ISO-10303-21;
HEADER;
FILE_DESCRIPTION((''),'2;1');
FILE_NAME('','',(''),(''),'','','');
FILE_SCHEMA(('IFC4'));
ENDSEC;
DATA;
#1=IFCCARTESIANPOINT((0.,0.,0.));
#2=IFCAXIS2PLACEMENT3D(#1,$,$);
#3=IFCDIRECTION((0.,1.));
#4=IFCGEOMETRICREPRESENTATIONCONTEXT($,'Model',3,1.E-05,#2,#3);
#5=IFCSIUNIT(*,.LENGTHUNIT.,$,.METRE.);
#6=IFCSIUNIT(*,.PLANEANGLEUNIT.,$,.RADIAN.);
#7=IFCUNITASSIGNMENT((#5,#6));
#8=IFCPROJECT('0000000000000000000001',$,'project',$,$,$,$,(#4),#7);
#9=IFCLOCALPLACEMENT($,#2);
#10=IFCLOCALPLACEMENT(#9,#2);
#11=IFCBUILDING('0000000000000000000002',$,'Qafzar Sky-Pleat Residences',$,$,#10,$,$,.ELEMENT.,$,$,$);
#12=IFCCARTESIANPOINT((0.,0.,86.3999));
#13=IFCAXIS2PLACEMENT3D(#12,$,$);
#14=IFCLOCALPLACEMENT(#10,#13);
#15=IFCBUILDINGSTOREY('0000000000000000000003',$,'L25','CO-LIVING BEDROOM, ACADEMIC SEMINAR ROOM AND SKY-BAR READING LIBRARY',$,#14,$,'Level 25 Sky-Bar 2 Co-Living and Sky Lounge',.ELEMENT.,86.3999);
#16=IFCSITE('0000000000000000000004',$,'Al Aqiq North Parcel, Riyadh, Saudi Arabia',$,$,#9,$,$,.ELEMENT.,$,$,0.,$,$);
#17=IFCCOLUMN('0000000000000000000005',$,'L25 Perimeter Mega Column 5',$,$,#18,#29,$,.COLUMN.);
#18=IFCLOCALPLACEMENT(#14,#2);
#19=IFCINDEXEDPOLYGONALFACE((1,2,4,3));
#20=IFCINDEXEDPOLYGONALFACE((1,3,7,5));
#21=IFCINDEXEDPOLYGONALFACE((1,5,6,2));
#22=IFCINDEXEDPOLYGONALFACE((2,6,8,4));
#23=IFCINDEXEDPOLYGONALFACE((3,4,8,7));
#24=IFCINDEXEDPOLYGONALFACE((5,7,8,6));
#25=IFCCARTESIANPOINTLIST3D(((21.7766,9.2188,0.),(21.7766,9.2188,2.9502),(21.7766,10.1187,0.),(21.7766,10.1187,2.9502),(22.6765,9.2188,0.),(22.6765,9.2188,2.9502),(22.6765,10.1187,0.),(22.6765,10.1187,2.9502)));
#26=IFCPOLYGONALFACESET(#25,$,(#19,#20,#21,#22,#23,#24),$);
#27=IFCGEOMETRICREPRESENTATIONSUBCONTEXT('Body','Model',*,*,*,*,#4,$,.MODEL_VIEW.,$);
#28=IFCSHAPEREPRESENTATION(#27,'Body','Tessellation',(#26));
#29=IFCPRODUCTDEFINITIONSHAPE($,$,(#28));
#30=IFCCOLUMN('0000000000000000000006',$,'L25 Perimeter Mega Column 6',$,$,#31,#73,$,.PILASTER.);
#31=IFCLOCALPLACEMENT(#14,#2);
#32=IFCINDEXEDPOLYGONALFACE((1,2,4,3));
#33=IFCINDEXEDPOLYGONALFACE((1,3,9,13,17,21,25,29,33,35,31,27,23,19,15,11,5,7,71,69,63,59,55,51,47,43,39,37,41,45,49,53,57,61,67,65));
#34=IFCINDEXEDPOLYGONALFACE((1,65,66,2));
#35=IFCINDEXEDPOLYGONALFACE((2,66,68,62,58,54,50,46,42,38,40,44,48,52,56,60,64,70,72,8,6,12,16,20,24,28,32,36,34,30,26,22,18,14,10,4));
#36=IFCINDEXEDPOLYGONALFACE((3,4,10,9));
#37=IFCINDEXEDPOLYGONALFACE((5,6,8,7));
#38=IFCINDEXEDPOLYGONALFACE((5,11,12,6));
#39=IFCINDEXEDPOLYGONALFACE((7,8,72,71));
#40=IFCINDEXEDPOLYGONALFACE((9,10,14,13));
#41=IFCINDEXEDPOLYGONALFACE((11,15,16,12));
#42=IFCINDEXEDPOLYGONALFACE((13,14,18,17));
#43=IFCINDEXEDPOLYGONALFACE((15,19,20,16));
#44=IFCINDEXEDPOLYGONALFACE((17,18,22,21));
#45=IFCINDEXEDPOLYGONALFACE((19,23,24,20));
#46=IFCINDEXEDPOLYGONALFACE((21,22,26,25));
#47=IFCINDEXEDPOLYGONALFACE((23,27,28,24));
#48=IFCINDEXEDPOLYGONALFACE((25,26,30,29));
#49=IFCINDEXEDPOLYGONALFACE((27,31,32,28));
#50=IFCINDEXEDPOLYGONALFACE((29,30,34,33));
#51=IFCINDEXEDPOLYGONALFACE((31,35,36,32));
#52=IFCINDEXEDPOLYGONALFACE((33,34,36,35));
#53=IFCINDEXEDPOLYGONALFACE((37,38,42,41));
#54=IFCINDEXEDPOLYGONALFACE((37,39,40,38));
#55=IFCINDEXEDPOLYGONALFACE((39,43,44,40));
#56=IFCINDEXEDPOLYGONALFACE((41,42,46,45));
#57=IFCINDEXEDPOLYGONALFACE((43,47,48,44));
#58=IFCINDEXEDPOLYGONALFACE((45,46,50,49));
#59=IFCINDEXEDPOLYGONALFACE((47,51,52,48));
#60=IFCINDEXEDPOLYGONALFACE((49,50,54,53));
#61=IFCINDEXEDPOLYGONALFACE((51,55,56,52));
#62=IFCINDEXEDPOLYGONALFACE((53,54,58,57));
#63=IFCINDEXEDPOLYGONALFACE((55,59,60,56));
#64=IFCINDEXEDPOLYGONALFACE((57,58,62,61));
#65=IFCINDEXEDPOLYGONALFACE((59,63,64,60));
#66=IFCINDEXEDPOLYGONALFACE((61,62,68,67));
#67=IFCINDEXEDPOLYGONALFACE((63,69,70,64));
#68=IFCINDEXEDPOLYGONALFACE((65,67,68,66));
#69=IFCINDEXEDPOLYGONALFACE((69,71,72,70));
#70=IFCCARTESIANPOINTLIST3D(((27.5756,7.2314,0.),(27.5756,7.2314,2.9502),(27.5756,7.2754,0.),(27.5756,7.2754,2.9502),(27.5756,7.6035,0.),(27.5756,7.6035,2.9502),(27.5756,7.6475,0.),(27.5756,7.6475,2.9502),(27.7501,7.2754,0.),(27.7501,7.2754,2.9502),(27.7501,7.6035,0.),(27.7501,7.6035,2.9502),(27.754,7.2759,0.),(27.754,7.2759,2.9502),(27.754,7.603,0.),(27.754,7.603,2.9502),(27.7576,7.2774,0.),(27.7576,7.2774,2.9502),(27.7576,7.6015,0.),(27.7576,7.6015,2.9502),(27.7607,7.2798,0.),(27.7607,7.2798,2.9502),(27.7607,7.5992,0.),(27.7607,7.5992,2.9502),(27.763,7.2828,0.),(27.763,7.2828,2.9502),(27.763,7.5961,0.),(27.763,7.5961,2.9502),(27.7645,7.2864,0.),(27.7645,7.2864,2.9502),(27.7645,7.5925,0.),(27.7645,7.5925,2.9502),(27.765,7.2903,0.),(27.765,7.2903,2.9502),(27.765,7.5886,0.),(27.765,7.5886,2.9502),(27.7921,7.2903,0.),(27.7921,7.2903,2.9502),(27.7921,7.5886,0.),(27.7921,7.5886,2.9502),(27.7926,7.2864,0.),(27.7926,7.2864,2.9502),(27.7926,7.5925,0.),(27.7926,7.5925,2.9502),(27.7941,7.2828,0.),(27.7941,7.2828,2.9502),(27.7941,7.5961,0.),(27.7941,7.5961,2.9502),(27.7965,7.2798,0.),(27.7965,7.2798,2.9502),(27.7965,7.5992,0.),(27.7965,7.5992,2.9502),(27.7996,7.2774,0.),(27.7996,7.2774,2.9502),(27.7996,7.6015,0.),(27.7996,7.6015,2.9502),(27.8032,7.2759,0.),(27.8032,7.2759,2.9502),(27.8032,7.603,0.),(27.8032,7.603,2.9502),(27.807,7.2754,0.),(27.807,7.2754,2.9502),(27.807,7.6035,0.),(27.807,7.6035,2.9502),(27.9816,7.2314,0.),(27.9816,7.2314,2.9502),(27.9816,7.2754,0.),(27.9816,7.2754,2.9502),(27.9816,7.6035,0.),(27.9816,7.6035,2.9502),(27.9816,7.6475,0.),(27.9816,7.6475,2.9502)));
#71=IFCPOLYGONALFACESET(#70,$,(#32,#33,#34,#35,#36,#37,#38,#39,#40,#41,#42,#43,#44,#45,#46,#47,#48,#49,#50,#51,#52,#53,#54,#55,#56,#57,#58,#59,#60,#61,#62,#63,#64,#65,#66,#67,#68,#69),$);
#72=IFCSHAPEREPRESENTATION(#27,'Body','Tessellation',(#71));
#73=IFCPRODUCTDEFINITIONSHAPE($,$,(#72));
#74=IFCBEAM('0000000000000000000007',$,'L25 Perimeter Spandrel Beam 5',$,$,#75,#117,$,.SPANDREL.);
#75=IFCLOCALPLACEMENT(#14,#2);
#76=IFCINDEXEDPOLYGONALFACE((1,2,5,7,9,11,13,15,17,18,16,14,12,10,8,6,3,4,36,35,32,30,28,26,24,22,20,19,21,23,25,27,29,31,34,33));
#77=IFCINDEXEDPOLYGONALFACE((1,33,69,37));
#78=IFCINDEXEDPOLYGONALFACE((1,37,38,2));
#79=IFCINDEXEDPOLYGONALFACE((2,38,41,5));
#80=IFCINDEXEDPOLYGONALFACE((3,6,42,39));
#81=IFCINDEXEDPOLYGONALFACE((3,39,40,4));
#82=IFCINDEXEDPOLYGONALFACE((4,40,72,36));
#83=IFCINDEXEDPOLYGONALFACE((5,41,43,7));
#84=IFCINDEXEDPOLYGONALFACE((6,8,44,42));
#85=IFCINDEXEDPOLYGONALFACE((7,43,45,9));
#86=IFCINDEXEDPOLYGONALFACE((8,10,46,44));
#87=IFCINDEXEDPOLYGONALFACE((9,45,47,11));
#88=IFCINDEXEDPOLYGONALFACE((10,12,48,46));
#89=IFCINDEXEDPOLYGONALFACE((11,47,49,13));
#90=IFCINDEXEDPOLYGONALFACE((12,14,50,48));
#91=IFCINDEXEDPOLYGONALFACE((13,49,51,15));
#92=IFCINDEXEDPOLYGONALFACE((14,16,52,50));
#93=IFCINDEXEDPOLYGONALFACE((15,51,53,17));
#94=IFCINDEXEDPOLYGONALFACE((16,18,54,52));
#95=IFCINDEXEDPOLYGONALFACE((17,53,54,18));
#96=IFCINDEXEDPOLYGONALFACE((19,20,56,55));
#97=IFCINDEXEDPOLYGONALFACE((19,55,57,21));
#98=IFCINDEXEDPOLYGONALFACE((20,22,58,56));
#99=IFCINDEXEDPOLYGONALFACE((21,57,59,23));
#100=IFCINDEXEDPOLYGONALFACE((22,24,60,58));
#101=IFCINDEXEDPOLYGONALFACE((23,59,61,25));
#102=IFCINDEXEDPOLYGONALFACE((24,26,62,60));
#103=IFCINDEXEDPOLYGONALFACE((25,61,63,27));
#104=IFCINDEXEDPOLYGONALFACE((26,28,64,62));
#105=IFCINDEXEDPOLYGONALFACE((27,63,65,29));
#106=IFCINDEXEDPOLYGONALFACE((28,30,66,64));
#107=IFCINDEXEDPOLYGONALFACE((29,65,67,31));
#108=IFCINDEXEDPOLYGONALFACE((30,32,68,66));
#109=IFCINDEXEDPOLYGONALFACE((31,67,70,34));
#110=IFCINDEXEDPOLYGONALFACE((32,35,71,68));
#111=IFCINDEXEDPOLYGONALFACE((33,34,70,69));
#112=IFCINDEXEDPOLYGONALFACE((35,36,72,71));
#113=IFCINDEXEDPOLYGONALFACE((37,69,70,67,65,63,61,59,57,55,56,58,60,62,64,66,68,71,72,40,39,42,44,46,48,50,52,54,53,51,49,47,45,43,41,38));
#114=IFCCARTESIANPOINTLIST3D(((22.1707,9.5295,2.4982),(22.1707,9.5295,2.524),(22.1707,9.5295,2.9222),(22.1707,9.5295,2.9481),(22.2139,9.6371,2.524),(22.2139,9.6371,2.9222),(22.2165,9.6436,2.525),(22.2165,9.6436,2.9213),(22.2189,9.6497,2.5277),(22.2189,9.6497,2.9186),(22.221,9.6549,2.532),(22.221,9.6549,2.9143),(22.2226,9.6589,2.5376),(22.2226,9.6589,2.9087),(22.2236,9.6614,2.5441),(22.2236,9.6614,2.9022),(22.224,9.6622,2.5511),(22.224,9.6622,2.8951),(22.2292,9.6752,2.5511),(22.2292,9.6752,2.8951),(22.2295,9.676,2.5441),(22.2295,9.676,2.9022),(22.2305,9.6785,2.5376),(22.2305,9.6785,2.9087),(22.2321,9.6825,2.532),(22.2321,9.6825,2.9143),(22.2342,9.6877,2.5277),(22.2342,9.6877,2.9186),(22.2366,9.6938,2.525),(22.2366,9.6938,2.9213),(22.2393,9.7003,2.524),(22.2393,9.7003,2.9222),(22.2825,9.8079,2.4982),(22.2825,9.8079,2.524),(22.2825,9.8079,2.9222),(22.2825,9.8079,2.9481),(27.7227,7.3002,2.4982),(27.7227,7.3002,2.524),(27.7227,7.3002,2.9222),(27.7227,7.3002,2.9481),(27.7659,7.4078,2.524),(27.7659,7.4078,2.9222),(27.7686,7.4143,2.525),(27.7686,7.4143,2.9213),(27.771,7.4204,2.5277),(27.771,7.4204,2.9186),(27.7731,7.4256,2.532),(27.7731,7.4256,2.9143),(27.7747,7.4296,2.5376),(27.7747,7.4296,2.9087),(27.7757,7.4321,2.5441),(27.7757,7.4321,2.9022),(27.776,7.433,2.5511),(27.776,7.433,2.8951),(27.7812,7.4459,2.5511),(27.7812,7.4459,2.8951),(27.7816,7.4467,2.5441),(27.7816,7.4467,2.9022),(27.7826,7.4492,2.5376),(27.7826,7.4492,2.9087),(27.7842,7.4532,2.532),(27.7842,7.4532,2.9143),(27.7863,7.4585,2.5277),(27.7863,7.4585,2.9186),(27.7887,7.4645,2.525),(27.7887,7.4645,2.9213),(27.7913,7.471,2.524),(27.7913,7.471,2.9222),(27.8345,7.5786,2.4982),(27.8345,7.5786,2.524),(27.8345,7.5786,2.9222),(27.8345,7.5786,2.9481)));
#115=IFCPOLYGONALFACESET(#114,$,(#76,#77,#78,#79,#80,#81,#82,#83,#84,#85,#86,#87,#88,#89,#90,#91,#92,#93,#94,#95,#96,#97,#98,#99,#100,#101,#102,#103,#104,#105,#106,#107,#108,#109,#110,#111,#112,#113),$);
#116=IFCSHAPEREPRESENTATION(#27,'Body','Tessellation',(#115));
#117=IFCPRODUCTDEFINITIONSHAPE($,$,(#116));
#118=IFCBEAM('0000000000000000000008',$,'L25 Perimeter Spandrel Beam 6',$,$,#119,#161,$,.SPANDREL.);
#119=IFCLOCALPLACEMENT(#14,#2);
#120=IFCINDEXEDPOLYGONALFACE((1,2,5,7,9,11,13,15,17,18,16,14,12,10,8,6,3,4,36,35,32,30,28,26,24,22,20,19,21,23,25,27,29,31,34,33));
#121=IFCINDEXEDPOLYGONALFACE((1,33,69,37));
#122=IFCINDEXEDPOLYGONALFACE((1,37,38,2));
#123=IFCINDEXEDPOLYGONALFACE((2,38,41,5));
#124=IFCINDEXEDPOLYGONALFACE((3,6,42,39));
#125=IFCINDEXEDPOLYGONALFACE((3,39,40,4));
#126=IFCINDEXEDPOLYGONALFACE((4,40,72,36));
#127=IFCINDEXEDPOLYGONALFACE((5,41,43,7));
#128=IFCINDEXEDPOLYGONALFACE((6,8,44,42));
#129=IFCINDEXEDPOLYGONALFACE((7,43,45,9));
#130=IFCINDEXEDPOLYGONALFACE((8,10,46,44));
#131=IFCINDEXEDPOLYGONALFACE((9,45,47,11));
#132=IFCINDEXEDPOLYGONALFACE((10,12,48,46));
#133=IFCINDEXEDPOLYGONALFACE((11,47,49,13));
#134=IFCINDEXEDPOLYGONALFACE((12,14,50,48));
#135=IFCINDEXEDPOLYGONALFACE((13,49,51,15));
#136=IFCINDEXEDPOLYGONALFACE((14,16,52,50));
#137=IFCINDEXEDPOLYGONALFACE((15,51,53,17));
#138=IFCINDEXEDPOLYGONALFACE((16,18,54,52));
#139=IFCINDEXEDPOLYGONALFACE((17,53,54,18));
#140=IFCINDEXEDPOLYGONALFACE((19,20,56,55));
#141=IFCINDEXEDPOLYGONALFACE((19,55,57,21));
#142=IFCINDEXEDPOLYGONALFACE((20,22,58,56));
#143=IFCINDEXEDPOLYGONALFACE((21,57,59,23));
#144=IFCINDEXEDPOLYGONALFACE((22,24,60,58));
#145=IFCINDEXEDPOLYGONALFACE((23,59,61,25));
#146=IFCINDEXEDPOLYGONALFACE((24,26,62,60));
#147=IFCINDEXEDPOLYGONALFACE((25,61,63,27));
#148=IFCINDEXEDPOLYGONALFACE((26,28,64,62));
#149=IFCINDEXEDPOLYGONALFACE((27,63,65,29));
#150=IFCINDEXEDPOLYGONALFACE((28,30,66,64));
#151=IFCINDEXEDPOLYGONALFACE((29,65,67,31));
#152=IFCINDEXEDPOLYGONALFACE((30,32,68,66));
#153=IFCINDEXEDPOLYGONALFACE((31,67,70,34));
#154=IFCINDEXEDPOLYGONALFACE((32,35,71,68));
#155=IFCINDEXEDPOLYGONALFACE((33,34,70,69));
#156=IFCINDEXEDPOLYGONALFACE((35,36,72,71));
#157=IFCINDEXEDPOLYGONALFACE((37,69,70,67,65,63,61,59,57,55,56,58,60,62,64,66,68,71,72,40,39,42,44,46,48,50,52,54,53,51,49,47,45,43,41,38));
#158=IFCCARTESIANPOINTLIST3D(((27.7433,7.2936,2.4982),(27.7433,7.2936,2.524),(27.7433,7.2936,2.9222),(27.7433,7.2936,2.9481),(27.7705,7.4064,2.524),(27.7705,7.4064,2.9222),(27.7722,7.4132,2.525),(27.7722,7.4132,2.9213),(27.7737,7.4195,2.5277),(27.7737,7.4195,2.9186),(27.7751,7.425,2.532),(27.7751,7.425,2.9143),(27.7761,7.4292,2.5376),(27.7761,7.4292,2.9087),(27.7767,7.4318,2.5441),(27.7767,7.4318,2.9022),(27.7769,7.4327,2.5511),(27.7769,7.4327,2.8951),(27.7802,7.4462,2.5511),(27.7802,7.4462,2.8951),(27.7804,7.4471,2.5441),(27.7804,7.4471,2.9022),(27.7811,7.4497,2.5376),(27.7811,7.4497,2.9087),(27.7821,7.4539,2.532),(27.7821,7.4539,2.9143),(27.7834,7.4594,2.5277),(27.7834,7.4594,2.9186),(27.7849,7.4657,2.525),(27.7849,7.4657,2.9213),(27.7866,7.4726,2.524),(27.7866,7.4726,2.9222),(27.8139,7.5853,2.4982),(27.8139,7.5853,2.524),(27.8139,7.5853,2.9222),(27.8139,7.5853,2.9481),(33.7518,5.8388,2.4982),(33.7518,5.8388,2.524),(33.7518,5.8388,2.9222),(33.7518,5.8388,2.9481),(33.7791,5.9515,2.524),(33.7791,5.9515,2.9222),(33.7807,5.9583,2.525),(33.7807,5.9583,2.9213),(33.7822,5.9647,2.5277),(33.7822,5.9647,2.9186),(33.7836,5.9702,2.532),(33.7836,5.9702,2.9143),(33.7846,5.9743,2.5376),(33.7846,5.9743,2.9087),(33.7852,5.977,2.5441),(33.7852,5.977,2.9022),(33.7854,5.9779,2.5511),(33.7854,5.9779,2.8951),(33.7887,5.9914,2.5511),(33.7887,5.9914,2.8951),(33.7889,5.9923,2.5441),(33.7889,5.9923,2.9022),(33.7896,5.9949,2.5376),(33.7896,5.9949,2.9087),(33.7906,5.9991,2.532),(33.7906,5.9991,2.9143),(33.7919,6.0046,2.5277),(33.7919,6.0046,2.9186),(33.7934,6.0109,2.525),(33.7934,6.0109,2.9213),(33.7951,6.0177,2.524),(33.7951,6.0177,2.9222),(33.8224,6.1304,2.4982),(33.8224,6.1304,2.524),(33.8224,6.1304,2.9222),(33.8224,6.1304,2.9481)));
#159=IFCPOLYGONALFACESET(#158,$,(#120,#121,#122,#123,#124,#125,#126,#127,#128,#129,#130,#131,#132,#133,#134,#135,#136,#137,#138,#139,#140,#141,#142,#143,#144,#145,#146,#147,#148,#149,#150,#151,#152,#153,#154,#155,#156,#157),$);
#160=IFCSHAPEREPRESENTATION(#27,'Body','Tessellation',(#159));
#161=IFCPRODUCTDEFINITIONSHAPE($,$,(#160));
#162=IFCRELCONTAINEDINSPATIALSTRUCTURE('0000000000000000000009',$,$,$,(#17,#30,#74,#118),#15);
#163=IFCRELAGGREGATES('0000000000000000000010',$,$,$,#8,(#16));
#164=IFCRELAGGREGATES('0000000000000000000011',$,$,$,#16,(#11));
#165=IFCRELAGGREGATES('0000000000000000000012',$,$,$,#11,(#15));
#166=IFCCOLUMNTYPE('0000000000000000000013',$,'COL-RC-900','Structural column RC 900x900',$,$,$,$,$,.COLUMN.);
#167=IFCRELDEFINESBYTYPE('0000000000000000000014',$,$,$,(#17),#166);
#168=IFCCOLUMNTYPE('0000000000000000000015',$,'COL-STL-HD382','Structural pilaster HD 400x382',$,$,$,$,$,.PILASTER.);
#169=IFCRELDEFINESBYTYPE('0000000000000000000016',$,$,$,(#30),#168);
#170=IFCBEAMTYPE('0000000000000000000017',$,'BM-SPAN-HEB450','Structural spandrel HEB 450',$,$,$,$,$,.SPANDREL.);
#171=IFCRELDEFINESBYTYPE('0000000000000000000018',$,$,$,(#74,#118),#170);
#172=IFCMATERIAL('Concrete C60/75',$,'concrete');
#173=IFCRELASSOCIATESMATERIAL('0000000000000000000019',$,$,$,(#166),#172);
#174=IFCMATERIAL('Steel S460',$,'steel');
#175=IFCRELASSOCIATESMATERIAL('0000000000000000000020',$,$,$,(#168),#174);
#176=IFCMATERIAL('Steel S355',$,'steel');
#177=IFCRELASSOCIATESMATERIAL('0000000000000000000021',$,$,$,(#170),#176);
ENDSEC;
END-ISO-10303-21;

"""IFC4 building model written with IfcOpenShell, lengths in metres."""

from ifc_helpers import new_model, si_unit, direction, frame, origin, origin_2d, place, context, subcontext, project, spatial, rectangle, i_section, extrude, source, transform, mapped, material, material_profile, profile_set, type_object, element, save


model = new_model("IFC4")

# Units and contexts
model_context = context("Model", 3, precision=1e-05, world=origin(), true_north=direction((0.0, 1.0)))
body_context = subcontext(model_context, "Body", "Model", "MODEL_VIEW")
ifc_project = project(units=[si_unit("LENGTHUNIT", "METRE"), si_unit("PLANEANGLEUNIT", "RADIAN")], contexts=[model_context])

# Site, building, storey
site_placement = place(None, origin())
site = spatial("IfcSite", under=ifc_project, at=site_placement, Name="Al Aqiq North Parcel, Riyadh, Saudi Arabia", CompositionType="ELEMENT", RefElevation=0.0)
building_placement = place(site_placement, origin())
building = spatial("IfcBuilding", under=site, at=building_placement, Name="Qafzar Sky-Pleat Residences", CompositionType="ELEMENT")
storey_placement = place(building_placement, frame((0.0, 0.0, 86.3999)))
storey = spatial("IfcBuildingStorey", under=building, at=storey_placement, Name="L25", Description="CO-LIVING BEDROOM, ACADEMIC SEMINAR ROOM AND SKY-BAR READING LIBRARY", LongName="Level 25 Sky-Bar 2 Co-Living and Sky Lounge", CompositionType="ELEMENT", Elevation=86.3999)

# Columns
ifc_material_1 = material(Name="Concrete C60/75", Category="concrete")
ifc_material_profile_1 = material_profile(ifc_material_1, rectangle(XDim=0.8999, YDim=0.8999, at=origin_2d()), Name="RC 900x900")
ifc_profile_set_1 = profile_set([ifc_material_profile_1], Name="Concrete C60/75")
column_type_1 = type_object("IfcColumnType", Name="COL-RC-900", Description="Structural column RC 900x900", PredefinedType="COLUMN", material=ifc_profile_set_1)
shared_shape_1 = source(origin(), body_context, "Body", "SweptSolid", [
    extrude(rectangle(XDim=0.8999, YDim=0.8999, at=origin_2d()), origin(), (0.0, 0.0, 1.0), 2.9502),
])
column_1_placement = place(storey_placement, frame((22.2266, 9.6687, 0.0), z_axis=(0.0, 0.0, 1.0), x_axis=(1.0, 0.0, 0.0)))
element("IfcColumn", 1, at=column_1_placement, inside=storey, type_object=column_type_1, Name="L25 Perimeter Mega Column 5", PredefinedType="COLUMN", context=body_context, shape_type="MappedRepresentation", body=[
    mapped(shared_shape_1, transform((0.0, 0.0, 0.0), x_axis=(1.0, 0.0, 0.0), y_axis=(0.0, 1.0, 0.0), z_axis=(0.0, 0.0, 1.0), scale=1.0)),
])
ifc_material_2 = material(Name="Steel S460", Category="steel")
ifc_material_profile_2 = material_profile(ifc_material_2, i_section(OverallWidth=0.406, OverallDepth=0.416, WebThickness=0.0271, FlangeThickness=0.0439, FilletRadius=0.0149, at=origin_2d()), Name="HD 400x382")
ifc_profile_set_2 = profile_set([ifc_material_profile_2], Name="Steel S460")
column_type_2 = type_object("IfcColumnType", Name="COL-STL-HD382", Description="Structural pilaster HD 400x382", PredefinedType="PILASTER", material=ifc_profile_set_2)
shared_shape_2 = source(origin(), body_context, "Body", "SweptSolid", [
    extrude(i_section(OverallWidth=0.406, OverallDepth=0.416, WebThickness=0.0271, FlangeThickness=0.0439, FilletRadius=0.0149, at=origin_2d()), origin(), (0.0, 0.0, 1.0), 2.9502),
])
column_2_placement = place(storey_placement, frame((27.7786, 7.4395, 0.0), z_axis=(0.0, 0.0, 1.0), x_axis=(1.0, 0.0, 0.0)))
element("IfcColumn", 2, at=column_2_placement, inside=storey, type_object=column_type_2, Name="L25 Perimeter Mega Column 6", PredefinedType="PILASTER", context=body_context, shape_type="MappedRepresentation", body=[
    mapped(shared_shape_2, transform((0.0, 0.0, 0.0), x_axis=(1.0, 0.0, 0.0), y_axis=(0.0, 1.0, 0.0), z_axis=(0.0, 0.0, 1.0), scale=1.0)),
])

# Beams
ifc_material_3 = material(Name="Steel S355", Category="steel")
ifc_material_profile_3 = material_profile(ifc_material_3, i_section(OverallWidth=0.3, OverallDepth=0.45, WebThickness=0.0139, FlangeThickness=0.0259, FilletRadius=0.0271, at=origin_2d()), Name="HEB 450")
ifc_profile_set_3 = profile_set([ifc_material_profile_3], Name="Steel S355")
beam_type_1 = type_object("IfcBeamType", Name="BM-SPAN-HEB450", Description="Structural spandrel HEB 450", PredefinedType="SPANDREL", material=ifc_profile_set_3)
shared_shape_3 = source(origin(), body_context, "Body", "SweptSolid", [
    extrude(i_section(OverallWidth=0.3, OverallDepth=0.45, WebThickness=0.0139, FlangeThickness=0.0259, FilletRadius=0.0271, at=origin_2d()), origin(), (0.0, 0.0, 1.0), 5.9829),
])
beam_1_placement = place(storey_placement, frame((22.2266, 9.6687, 2.7231), z_axis=(0.927989, -0.372608, 0.0), x_axis=(0.372608, 0.927989, 0.0)))
element("IfcBeam", 3, at=beam_1_placement, inside=storey, type_object=beam_type_1, Name="L25 Perimeter Spandrel Beam 5", PredefinedType="SPANDREL", context=body_context, shape_type="MappedRepresentation", body=[
    mapped(shared_shape_3, transform((0.0, 0.0, 0.0), x_axis=(1.0, 0.0, 0.0), y_axis=(0.0, 1.0, 0.0), z_axis=(0.0, 0.0, 1.0), scale=1.0)),
])
shared_shape_4 = source(origin(), body_context, "Body", "SweptSolid", [
    extrude(i_section(OverallWidth=0.3, OverallDepth=0.45, WebThickness=0.0139, FlangeThickness=0.0259, FilletRadius=0.0271, at=origin_2d()), origin(), (0.0, 0.0, 1.0), 6.1821),
])
beam_2_placement = place(storey_placement, frame((27.7786, 7.4395, 2.7231), z_axis=(0.971916, -0.235328, 0.0), x_axis=(0.235328, 0.971916, 0.0)))
element("IfcBeam", 4, at=beam_2_placement, inside=storey, type_object=beam_type_1, Name="L25 Perimeter Spandrel Beam 6", PredefinedType="SPANDREL", context=body_context, shape_type="MappedRepresentation", body=[
    mapped(shared_shape_4, transform((0.0, 0.0, 0.0), x_axis=(1.0, 0.0, 0.0), y_axis=(0.0, 1.0, 0.0), z_axis=(0.0, 0.0, 1.0), scale=1.0)),
])

save(model, "model.ifc")
